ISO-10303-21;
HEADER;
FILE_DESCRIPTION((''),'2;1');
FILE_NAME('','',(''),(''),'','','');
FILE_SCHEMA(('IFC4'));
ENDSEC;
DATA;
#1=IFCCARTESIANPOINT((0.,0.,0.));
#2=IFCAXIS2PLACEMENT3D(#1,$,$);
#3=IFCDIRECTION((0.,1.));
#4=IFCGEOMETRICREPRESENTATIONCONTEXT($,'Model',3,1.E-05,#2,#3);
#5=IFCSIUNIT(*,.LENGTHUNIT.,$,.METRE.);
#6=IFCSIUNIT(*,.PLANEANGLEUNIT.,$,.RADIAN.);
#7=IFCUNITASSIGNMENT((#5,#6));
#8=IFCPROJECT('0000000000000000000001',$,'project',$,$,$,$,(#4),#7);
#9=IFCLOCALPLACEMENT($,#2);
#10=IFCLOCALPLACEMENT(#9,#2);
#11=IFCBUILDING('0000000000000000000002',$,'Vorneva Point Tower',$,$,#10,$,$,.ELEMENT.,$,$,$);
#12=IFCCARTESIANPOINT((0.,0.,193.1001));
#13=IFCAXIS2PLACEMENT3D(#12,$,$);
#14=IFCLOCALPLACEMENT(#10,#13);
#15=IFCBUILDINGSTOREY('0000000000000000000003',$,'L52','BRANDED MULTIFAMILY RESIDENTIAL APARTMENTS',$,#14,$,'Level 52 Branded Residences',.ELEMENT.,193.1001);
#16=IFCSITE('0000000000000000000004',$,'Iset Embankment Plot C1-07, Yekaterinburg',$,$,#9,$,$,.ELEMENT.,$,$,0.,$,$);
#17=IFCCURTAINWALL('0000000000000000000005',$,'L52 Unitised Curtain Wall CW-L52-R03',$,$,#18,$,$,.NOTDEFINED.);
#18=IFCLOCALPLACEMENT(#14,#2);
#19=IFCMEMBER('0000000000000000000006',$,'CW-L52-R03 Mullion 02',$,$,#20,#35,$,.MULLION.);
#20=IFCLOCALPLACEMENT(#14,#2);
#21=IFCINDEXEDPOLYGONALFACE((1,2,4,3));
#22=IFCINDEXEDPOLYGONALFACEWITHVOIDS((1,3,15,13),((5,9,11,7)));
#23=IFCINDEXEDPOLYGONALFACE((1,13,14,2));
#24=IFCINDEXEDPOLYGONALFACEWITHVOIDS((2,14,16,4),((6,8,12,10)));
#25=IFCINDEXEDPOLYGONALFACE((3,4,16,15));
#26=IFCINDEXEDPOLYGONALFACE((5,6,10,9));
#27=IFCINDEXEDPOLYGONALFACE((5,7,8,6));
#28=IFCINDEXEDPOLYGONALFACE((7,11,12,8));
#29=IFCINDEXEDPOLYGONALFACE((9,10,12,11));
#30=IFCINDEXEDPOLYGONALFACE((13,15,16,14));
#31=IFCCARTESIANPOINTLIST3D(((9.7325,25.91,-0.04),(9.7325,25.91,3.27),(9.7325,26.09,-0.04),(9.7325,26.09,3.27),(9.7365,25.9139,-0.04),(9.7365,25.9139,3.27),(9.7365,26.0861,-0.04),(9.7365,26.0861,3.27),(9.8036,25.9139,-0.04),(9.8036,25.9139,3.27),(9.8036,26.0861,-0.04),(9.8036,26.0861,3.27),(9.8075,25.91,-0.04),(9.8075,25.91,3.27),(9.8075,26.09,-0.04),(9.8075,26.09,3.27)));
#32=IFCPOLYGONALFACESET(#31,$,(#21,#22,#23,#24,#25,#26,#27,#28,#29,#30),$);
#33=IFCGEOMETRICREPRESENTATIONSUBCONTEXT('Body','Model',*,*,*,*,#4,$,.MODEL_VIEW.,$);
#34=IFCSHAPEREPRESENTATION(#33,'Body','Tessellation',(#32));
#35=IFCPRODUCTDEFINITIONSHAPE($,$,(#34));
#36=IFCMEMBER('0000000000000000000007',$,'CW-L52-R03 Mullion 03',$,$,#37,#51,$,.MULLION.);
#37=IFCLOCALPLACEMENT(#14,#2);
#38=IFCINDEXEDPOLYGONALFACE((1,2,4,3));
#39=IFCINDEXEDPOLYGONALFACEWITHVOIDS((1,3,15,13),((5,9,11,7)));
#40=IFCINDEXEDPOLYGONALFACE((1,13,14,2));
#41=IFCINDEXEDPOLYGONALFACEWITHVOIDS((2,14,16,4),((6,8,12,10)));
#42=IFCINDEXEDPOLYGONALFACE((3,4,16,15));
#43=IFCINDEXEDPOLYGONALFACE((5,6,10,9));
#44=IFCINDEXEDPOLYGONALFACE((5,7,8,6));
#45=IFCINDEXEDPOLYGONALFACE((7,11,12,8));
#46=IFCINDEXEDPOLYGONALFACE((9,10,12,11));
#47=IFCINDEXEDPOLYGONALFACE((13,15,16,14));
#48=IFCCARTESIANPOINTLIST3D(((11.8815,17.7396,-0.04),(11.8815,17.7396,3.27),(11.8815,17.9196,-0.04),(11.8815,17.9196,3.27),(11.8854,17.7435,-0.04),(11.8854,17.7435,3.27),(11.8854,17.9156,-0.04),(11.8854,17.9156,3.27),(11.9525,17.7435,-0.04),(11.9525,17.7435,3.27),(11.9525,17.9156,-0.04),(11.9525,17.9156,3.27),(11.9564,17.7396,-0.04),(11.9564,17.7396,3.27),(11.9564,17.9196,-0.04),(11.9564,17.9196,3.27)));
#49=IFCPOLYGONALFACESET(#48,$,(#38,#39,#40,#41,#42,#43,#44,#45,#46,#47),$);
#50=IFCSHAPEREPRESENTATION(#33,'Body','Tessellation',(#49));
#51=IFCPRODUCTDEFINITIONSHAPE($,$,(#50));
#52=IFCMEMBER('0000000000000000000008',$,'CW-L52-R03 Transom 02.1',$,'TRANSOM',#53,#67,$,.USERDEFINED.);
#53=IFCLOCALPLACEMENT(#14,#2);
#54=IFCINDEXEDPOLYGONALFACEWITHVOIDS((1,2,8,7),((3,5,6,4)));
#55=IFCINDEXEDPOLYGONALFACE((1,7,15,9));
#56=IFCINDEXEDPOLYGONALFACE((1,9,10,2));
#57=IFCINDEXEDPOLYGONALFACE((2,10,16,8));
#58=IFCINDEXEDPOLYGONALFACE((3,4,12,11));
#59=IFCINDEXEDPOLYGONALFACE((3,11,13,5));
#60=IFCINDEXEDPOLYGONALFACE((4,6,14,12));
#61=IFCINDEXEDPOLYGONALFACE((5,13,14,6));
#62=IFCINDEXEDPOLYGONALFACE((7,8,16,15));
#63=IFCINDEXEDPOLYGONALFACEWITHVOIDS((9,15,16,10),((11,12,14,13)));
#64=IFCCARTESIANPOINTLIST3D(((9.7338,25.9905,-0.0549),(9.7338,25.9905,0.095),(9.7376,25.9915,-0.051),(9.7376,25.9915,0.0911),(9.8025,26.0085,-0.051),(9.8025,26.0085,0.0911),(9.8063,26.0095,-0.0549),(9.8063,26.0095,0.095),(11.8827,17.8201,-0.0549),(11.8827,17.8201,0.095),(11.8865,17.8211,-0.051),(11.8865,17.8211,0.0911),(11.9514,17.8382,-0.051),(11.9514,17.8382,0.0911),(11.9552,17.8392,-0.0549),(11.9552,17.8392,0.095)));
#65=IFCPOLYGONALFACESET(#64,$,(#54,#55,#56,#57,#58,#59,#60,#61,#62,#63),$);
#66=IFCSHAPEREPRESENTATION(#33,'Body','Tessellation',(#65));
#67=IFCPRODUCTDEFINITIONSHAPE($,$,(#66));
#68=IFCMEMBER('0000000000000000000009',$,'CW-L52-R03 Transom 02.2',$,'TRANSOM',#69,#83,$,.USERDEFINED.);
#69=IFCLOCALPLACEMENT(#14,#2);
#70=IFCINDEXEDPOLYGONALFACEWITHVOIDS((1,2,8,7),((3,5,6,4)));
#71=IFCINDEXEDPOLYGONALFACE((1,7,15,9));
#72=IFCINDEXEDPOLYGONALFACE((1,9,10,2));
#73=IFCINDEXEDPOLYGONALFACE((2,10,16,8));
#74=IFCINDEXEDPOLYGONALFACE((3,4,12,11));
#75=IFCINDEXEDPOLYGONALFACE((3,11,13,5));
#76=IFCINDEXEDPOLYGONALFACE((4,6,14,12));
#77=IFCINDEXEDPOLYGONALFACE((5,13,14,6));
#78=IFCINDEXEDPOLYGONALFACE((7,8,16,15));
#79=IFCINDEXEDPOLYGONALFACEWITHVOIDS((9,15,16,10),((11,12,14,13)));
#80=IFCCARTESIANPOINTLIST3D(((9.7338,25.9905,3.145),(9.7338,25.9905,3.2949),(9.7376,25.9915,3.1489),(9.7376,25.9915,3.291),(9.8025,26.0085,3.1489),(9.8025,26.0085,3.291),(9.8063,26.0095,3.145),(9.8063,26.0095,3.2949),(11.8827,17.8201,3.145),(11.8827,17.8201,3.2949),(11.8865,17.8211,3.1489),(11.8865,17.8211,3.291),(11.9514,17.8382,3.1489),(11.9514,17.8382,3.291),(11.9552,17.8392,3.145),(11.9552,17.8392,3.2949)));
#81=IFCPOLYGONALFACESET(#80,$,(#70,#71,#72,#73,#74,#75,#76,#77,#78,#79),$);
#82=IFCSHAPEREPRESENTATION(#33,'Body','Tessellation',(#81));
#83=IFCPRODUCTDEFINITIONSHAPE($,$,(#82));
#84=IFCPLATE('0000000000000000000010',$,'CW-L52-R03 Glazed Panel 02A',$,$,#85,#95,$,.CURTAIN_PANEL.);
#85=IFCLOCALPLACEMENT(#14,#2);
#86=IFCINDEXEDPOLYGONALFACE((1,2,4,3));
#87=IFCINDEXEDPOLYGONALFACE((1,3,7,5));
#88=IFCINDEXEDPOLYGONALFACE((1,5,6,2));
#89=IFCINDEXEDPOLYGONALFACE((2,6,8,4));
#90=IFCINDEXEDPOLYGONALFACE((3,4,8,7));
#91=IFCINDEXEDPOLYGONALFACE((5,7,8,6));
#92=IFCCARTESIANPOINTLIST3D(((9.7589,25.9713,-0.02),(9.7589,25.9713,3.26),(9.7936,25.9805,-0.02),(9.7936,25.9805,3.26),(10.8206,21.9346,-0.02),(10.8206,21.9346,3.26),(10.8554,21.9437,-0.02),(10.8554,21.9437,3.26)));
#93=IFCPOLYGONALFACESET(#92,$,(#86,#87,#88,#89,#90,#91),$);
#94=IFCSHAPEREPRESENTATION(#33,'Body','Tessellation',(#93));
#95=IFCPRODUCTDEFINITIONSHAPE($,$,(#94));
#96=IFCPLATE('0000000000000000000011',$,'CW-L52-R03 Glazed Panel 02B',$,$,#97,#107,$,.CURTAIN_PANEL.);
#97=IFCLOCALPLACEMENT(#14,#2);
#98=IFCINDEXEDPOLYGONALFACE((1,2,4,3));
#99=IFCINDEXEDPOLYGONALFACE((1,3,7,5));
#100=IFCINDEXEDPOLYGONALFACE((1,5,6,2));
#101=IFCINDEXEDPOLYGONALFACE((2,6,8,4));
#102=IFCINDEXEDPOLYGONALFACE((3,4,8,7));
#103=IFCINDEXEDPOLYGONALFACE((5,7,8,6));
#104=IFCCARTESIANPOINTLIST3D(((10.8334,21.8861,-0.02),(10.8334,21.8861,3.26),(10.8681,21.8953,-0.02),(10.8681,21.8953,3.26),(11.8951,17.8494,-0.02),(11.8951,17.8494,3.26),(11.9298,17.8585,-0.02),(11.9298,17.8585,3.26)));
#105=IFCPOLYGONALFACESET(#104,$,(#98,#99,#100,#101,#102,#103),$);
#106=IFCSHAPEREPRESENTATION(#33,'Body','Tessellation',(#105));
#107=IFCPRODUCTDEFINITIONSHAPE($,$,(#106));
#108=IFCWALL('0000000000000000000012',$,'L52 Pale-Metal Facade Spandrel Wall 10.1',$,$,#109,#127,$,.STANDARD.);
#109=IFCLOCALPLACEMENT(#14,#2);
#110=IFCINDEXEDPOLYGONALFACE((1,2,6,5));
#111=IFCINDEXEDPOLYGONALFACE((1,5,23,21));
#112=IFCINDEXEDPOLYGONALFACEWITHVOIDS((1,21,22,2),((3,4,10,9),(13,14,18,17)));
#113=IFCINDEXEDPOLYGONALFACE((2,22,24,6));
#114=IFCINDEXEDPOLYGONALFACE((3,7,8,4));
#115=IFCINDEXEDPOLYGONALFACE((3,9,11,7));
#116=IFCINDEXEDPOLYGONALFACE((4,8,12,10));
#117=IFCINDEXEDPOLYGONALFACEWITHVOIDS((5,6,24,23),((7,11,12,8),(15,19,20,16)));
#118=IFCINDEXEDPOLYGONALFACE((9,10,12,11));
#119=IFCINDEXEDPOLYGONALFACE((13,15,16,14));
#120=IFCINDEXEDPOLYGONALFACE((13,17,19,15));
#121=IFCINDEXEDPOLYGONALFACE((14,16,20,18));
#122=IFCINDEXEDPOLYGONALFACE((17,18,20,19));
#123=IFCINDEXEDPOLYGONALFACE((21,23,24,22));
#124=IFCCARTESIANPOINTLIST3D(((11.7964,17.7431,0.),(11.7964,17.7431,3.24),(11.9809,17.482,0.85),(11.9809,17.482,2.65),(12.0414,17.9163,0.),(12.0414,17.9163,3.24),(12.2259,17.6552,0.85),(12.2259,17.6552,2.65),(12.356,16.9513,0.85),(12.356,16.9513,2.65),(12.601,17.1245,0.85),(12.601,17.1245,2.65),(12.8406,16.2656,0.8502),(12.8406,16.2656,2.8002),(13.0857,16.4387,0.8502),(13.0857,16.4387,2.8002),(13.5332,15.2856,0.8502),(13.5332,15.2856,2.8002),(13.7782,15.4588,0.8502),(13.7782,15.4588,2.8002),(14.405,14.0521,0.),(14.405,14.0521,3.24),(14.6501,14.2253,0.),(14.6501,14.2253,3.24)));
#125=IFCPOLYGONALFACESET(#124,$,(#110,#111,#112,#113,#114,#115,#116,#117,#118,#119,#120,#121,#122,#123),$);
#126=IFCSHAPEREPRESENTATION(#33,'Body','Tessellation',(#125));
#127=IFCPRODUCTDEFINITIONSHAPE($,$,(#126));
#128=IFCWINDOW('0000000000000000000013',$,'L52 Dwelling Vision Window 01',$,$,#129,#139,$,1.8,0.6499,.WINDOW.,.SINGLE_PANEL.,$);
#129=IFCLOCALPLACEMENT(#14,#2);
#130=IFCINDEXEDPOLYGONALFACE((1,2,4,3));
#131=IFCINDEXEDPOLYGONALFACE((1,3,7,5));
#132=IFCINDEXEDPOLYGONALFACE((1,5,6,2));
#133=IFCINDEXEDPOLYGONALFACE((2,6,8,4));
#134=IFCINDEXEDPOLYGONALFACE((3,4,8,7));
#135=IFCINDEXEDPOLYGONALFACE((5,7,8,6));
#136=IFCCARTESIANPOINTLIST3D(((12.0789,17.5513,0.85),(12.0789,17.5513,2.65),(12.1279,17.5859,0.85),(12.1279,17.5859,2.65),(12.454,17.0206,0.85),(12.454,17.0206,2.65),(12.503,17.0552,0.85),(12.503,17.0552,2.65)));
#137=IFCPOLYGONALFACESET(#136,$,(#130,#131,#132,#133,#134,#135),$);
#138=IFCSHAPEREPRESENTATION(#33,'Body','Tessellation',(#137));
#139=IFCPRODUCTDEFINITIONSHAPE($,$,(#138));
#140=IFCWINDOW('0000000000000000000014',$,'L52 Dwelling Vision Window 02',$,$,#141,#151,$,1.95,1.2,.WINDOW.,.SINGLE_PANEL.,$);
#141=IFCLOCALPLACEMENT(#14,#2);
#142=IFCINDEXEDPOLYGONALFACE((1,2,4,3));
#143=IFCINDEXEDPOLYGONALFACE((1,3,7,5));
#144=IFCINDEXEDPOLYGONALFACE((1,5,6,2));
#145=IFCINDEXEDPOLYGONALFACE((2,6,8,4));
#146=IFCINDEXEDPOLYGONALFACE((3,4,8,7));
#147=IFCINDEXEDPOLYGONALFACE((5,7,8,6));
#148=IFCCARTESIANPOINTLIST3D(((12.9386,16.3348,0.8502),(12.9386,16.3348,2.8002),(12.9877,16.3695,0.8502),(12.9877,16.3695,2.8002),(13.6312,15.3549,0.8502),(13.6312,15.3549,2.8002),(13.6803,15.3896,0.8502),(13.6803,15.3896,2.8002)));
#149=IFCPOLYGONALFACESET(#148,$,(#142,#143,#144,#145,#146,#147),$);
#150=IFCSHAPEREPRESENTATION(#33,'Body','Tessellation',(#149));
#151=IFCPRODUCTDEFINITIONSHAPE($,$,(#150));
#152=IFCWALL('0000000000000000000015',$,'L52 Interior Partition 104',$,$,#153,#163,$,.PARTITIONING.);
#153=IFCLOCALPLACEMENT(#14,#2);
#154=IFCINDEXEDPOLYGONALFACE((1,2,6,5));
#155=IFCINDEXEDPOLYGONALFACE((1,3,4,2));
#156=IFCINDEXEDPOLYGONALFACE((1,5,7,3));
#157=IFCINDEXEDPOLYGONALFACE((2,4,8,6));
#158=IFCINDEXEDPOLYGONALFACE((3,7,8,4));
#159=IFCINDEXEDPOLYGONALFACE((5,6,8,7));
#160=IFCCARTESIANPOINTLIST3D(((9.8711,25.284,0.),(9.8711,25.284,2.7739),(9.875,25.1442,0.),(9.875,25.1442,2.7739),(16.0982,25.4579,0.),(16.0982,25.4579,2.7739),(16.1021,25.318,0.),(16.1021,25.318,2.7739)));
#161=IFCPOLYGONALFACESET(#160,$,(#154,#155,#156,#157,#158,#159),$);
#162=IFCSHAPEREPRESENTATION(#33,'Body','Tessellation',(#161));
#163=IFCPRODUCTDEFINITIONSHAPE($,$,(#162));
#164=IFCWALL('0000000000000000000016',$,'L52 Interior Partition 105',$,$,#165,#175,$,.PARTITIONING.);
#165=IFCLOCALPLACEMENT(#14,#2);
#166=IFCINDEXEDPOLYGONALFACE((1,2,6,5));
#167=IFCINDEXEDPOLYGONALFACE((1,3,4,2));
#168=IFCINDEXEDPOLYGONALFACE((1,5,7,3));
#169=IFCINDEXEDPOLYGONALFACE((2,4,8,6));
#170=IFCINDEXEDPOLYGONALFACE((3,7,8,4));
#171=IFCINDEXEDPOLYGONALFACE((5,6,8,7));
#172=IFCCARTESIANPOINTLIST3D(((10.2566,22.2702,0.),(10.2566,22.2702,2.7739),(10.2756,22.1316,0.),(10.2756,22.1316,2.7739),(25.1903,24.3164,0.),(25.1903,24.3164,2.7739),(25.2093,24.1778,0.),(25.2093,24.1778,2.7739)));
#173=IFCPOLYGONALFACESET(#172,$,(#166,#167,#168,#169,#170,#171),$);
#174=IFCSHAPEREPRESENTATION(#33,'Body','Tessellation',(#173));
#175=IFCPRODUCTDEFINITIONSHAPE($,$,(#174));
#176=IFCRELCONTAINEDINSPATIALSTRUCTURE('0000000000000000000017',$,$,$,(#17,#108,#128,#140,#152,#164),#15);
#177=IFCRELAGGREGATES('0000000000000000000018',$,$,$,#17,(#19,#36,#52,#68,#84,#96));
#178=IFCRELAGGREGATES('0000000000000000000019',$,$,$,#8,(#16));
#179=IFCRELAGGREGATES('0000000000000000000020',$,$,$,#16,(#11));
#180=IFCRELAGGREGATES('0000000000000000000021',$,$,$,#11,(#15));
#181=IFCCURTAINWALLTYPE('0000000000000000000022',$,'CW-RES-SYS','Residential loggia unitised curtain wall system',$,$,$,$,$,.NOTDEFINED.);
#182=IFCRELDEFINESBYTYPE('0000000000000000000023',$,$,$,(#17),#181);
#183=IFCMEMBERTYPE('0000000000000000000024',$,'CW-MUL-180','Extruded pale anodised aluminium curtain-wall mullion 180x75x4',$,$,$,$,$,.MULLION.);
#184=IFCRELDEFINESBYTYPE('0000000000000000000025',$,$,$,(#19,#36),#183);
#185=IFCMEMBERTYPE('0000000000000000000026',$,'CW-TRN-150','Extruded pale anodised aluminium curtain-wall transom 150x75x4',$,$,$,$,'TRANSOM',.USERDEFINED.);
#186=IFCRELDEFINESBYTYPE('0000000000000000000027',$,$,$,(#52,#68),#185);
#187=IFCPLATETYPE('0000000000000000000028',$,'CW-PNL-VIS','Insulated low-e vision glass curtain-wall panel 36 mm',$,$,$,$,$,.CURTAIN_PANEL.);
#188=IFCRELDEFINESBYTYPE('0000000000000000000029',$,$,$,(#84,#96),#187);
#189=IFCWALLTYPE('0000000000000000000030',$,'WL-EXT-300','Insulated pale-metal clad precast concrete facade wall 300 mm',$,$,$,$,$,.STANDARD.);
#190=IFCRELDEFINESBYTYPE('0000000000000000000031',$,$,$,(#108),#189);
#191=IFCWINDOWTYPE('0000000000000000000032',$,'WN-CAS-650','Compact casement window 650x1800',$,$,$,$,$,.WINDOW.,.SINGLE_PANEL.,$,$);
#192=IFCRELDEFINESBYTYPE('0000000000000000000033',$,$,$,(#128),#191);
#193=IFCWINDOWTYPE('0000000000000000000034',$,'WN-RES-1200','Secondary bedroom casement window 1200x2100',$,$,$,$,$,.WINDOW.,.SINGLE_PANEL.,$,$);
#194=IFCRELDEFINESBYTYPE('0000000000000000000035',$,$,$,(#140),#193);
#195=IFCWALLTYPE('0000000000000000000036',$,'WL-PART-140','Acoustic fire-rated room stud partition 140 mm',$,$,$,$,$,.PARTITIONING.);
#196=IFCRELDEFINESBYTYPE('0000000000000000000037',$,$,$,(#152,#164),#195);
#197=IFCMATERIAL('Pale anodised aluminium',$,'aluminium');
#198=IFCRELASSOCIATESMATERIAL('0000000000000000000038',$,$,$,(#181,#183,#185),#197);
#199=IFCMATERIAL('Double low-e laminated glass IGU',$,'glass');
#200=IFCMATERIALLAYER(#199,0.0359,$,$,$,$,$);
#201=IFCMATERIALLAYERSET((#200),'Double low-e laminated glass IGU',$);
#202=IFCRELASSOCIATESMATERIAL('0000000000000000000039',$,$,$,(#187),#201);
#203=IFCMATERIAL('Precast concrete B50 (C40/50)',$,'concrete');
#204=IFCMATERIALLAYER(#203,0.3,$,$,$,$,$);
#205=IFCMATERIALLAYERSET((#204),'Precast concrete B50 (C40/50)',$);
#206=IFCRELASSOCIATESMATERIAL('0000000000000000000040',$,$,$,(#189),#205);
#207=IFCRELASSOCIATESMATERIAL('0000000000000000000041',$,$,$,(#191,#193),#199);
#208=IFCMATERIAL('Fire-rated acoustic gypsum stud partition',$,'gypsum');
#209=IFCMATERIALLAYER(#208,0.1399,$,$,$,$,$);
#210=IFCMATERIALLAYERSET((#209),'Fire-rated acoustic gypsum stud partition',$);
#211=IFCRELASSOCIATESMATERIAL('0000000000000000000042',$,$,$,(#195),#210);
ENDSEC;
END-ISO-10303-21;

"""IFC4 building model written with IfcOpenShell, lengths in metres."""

from ifc_helpers import new_model, si_unit, direction, frame, frame_2d, origin, origin_2d, place, context, subcontext, project, spatial, rectangle, hollow_rectangle, extrude, material, layer, layer_set, material_profile, profile_set, type_object, element, fill, aggregate, save


model = new_model("IFC4")

# Units and contexts
model_context = context("Model", 3, precision=1e-05, world=origin(), true_north=direction((0.0, 1.0)))
body_context = subcontext(model_context, "Body", "Model", "MODEL_VIEW")
ifc_project = project(units=[si_unit("LENGTHUNIT", "METRE"), si_unit("PLANEANGLEUNIT", "RADIAN")], contexts=[model_context])

# Site, building, storey
site_placement = place(None, origin())
site = spatial("IfcSite", under=ifc_project, at=site_placement, Name="Iset Embankment Plot C1-07, Yekaterinburg", CompositionType="ELEMENT", RefElevation=0.0)
building_placement = place(site_placement, origin())
building = spatial("IfcBuilding", under=site, at=building_placement, Name="Vorneva Point Tower", CompositionType="ELEMENT")
storey_placement = place(building_placement, frame((0.0, 0.0, 193.1001)))
storey = spatial("IfcBuildingStorey", under=building, at=storey_placement, Name="L52", Description="BRANDED MULTIFAMILY RESIDENTIAL APARTMENTS", LongName="Level 52 Branded Residences", CompositionType="ELEMENT", Elevation=193.1001)

# Curtain wall, members, plates
ifc_material_1 = material(Name="Pale anodised aluminium", Category="aluminium")
curtain_wall_type = type_object("IfcCurtainWallType", Name="CW-RES-SYS", Description="Residential loggia unitised curtain wall system", PredefinedType="NOTDEFINED", material=ifc_material_1)
curtain_wall_placement = place(storey_placement, origin())
curtain_wall = element("IfcCurtainWall", 1, at=curtain_wall_placement, inside=storey, type_object=curtain_wall_type, Name="L52 Unitised Curtain Wall CW-L52-R03", PredefinedType="NOTDEFINED")
ifc_material_profile_1 = material_profile(ifc_material_1, hollow_rectangle(XDim=0.075, YDim=0.1799, WallThickness=0.0039, at=origin_2d()), Name="AL-MUL 180x75x4")
ifc_profile_set_1 = profile_set([ifc_material_profile_1], Name="Pale anodised aluminium")
member_type_1 = type_object("IfcMemberType", Name="CW-MUL-180", Description="Extruded pale anodised aluminium curtain-wall mullion 180x75x4", PredefinedType="MULLION", material=ifc_profile_set_1)
member_1_placement = place(storey_placement, frame((9.77, 26.0, -0.04), z_axis=(0.0, 0.0, 1.0), x_axis=(1.0, 0.0, 0.0)))
member_1 = element("IfcMember", 2, at=member_1_placement, type_object=member_type_1, Name="CW-L52-R03 Mullion 02", PredefinedType="MULLION", context=body_context, shape_type="SweptSolid", body=[
    extrude(hollow_rectangle(XDim=0.075, YDim=0.1799, WallThickness=0.0039, at=origin_2d()), origin(), (0.0, 0.0, 1.0), 3.3101),
])
member_2_placement = place(storey_placement, frame((11.9189, 17.8296, -0.04), z_axis=(0.0, 0.0, 1.0), x_axis=(1.0, 0.0, 0.0)))
member_2 = element("IfcMember", 3, at=member_2_placement, type_object=member_type_1, Name="CW-L52-R03 Mullion 03", PredefinedType="MULLION", context=body_context, shape_type="SweptSolid", body=[
    extrude(hollow_rectangle(XDim=0.075, YDim=0.1799, WallThickness=0.0039, at=origin_2d()), origin(), (0.0, 0.0, 1.0), 3.3101),
])
ifc_material_profile_2 = material_profile(ifc_material_1, hollow_rectangle(XDim=0.075, YDim=0.1499, WallThickness=0.0039, at=origin_2d()), Name="AL-TRN 150x75x4")
ifc_profile_set_2 = profile_set([ifc_material_profile_2], Name="Pale anodised aluminium")
member_type_2 = type_object("IfcMemberType", Name="CW-TRN-150", Description="Extruded pale anodised aluminium curtain-wall transom 150x75x4", ElementType="TRANSOM", PredefinedType="USERDEFINED", material=ifc_profile_set_2)
member_3_placement = place(storey_placement, frame((9.77, 26.0, 0.02), z_axis=(0.254362, -0.967109, 0.0), x_axis=(0.967109, 0.254362, 0.0)))
member_3 = element("IfcMember", 4, at=member_3_placement, type_object=member_type_2, Name="CW-L52-R03 Transom 02.1", ObjectType="TRANSOM", PredefinedType="USERDEFINED", context=body_context, shape_type="SweptSolid", body=[
    extrude(hollow_rectangle(XDim=0.075, YDim=0.1499, WallThickness=0.0039, at=origin_2d()), origin(), (0.0, 0.0, 1.0), 8.4482),
])
member_4_placement = place(storey_placement, frame((9.77, 26.0, 3.22), z_axis=(0.254362, -0.967109, 0.0), x_axis=(0.967109, 0.254362, 0.0)))
member_4 = element("IfcMember", 5, at=member_4_placement, type_object=member_type_2, Name="CW-L52-R03 Transom 02.2", ObjectType="TRANSOM", PredefinedType="USERDEFINED", context=body_context, shape_type="SweptSolid", body=[
    extrude(hollow_rectangle(XDim=0.075, YDim=0.1499, WallThickness=0.0039, at=origin_2d()), origin(), (0.0, 0.0, 1.0), 8.4482),
])
ifc_material_2 = material(Name="Double low-e laminated glass IGU", Category="glass")
ifc_layer_1 = layer(ifc_material_2, 0.0359)
ifc_layer_set_1 = layer_set([ifc_layer_1], Name="Double low-e laminated glass IGU")
plate_type = type_object("IfcPlateType", Name="CW-PNL-VIS", Description="Insulated low-e vision glass curtain-wall panel 36 mm", PredefinedType="CURTAIN_PANEL", material=ifc_layer_set_1)
plate_1_placement = place(storey_placement, frame((10.3071, 23.9575, -0.02), z_axis=(0.0, 0.0, 1.0), x_axis=(0.254366, -0.967108, 0.0)))
plate_1 = element("IfcPlate", 6, at=plate_1_placement, type_object=plate_type, Name="CW-L52-R03 Glazed Panel 02A", PredefinedType="CURTAIN_PANEL", context=body_context, shape_type="SweptSolid", body=[
    extrude(rectangle(XDim=4.1741, YDim=0.0359, at=origin_2d()), origin(), (0.0, 0.0, 1.0), 3.28),
])
plate_2_placement = place(storey_placement, frame((11.3816, 19.8723, -0.02), z_axis=(0.0, 0.0, 1.0), x_axis=(0.254366, -0.967108, 0.0)))
plate_2 = element("IfcPlate", 7, at=plate_2_placement, type_object=plate_type, Name="CW-L52-R03 Glazed Panel 02B", PredefinedType="CURTAIN_PANEL", context=body_context, shape_type="SweptSolid", body=[
    extrude(rectangle(XDim=4.1741, YDim=0.0359, at=origin_2d()), origin(), (0.0, 0.0, 1.0), 3.28),
])
aggregate(curtain_wall, [member_1, member_2, member_3, member_4, plate_1, plate_2])

# Wall, openings, windows
ifc_material_3 = material(Name="Precast concrete B50 (C40/50)", Category="concrete")
ifc_layer_2 = layer(ifc_material_3, 0.3)
ifc_layer_set_2 = layer_set([ifc_layer_2], Name="Precast concrete B50 (C40/50)")
wall_type_1 = type_object("IfcWallType", Name="WL-EXT-300", Description="Insulated pale-metal clad precast concrete facade wall 300 mm", PredefinedType="STANDARD", material=ifc_layer_set_2)
wall_1_placement = place(storey_placement, frame((11.9189, 17.8296, 0.0), z_axis=(0.0, 0.0, 1.0), x_axis=(0.577169, -0.816625, 0.0)))
wall_1 = element("IfcWall", 8, at=wall_1_placement, inside=storey, type_object=wall_type_1, Name="L52 Pale-Metal Facade Spandrel Wall 10.1", PredefinedType="STANDARD", context=body_context, shape_type="SweptSolid", body=[
    extrude(rectangle(XDim=4.5198, YDim=0.3, at=frame_2d((2.2598, 0.0))), origin(), (0.0, 0.0, 1.0), 3.24),
])
opening_1_placement = place(wall_1_placement, frame((0.3196, 0.0, 0.8501)))
opening_1 = element("IfcOpeningElement", 9, at=opening_1_placement, cuts=wall_1, PredefinedType="OPENING", context=body_context, shape_type="SweptSolid", body=[
    extrude(rectangle(XDim=0.6499, YDim=1.8, at=frame_2d((0.325, 0.8999))), frame((0.0, 0.165, 0.0), z_axis=(0.0, -1.0, 0.0), x_axis=(1.0, 0.0, 0.0)), (0.0, 0.0, 1.0), 0.3298),
])
opening_2_placement = place(wall_1_placement, frame((1.8091, 0.0, 0.8501)))
opening_2 = element("IfcOpeningElement", 10, at=opening_2_placement, cuts=wall_1, PredefinedType="OPENING", context=body_context, shape_type="SweptSolid", body=[
    extrude(rectangle(XDim=1.2, YDim=1.95, at=frame_2d((0.6001, 0.9751))), frame((0.0, 0.165, 0.0), z_axis=(0.0, -1.0, 0.0), x_axis=(1.0, 0.0, 0.0)), (0.0, 0.0, 1.0), 0.3298),
])
window_type_1 = type_object("IfcWindowType", Name="WN-CAS-650", Description="Compact casement window 650x1800", PartitioningType="SINGLE_PANEL", PredefinedType="WINDOW", material=ifc_material_2)
window_1_placement = place(opening_1_placement, origin())
window_1 = element("IfcWindow", 11, at=window_1_placement, inside=storey, type_object=window_type_1, Name="L52 Dwelling Vision Window 01", OverallHeight=1.8, OverallWidth=0.6499, PartitioningType="SINGLE_PANEL", PredefinedType="WINDOW", context=body_context, shape_type="SweptSolid", body=[
    extrude(rectangle(XDim=0.6499, YDim=1.8, at=frame_2d((0.325, 0.8999))), frame((0.0, 0.03, 0.0), z_axis=(0.0, -1.0, 0.0), x_axis=(1.0, 0.0, 0.0)), (0.0, 0.0, 1.0), 0.0601),
])
fill(opening_1, window_1)
window_type_2 = type_object("IfcWindowType", Name="WN-RES-1200", Description="Secondary bedroom casement window 1200x2100", PartitioningType="SINGLE_PANEL", PredefinedType="WINDOW", material=ifc_material_2)
window_2_placement = place(opening_2_placement, origin())
window_2 = element("IfcWindow", 12, at=window_2_placement, inside=storey, type_object=window_type_2, Name="L52 Dwelling Vision Window 02", OverallHeight=1.95, OverallWidth=1.2, PartitioningType="SINGLE_PANEL", PredefinedType="WINDOW", context=body_context, shape_type="SweptSolid", body=[
    extrude(rectangle(XDim=1.2, YDim=1.95, at=frame_2d((0.6001, 0.9751))), frame((0.0, 0.03, 0.0), z_axis=(0.0, -1.0, 0.0), x_axis=(1.0, 0.0, 0.0)), (0.0, 0.0, 1.0), 0.0601),
])
fill(opening_2, window_2)

# Walls
ifc_material_4 = material(Name="Fire-rated acoustic gypsum stud partition", Category="gypsum")
ifc_layer_3 = layer(ifc_material_4, 0.1399)
ifc_layer_set_3 = layer_set([ifc_layer_3], Name="Fire-rated acoustic gypsum stud partition")
wall_type_2 = type_object("IfcWallType", Name="WL-PART-140", Description="Acoustic fire-rated room stud partition 140 mm", PredefinedType="PARTITIONING", material=ifc_layer_set_3)
wall_2_placement = place(storey_placement, frame((9.873, 25.2141, 0.0), z_axis=(0.0, 0.0, 1.0), x_axis=(0.999611, 0.027904, 0.0)))
element("IfcWall", 13, at=wall_2_placement, inside=storey, type_object=wall_type_2, Name="L52 Interior Partition 104", PredefinedType="PARTITIONING", context=body_context, shape_type="SweptSolid", body=[
    extrude(rectangle(XDim=6.2295, YDim=0.1399, at=frame_2d((3.1147, 0.0))), origin(), (0.0, 0.0, 1.0), 2.7739),
])
wall_3_placement = place(storey_placement, frame((10.2661, 22.2009, 0.0), z_axis=(0.0, 0.0, 1.0), x_axis=(0.990744, 0.135746, 0.0)))
element("IfcWall", 14, at=wall_3_placement, inside=storey, type_object=wall_type_2, Name="L52 Interior Partition 105", PredefinedType="PARTITIONING", context=body_context, shape_type="SweptSolid", body=[
    extrude(rectangle(XDim=15.0732, YDim=0.1399, at=frame_2d((7.5366, 0.0))), origin(), (0.0, 0.0, 1.0), 2.7739),
])

save(model, "model.ifc")
